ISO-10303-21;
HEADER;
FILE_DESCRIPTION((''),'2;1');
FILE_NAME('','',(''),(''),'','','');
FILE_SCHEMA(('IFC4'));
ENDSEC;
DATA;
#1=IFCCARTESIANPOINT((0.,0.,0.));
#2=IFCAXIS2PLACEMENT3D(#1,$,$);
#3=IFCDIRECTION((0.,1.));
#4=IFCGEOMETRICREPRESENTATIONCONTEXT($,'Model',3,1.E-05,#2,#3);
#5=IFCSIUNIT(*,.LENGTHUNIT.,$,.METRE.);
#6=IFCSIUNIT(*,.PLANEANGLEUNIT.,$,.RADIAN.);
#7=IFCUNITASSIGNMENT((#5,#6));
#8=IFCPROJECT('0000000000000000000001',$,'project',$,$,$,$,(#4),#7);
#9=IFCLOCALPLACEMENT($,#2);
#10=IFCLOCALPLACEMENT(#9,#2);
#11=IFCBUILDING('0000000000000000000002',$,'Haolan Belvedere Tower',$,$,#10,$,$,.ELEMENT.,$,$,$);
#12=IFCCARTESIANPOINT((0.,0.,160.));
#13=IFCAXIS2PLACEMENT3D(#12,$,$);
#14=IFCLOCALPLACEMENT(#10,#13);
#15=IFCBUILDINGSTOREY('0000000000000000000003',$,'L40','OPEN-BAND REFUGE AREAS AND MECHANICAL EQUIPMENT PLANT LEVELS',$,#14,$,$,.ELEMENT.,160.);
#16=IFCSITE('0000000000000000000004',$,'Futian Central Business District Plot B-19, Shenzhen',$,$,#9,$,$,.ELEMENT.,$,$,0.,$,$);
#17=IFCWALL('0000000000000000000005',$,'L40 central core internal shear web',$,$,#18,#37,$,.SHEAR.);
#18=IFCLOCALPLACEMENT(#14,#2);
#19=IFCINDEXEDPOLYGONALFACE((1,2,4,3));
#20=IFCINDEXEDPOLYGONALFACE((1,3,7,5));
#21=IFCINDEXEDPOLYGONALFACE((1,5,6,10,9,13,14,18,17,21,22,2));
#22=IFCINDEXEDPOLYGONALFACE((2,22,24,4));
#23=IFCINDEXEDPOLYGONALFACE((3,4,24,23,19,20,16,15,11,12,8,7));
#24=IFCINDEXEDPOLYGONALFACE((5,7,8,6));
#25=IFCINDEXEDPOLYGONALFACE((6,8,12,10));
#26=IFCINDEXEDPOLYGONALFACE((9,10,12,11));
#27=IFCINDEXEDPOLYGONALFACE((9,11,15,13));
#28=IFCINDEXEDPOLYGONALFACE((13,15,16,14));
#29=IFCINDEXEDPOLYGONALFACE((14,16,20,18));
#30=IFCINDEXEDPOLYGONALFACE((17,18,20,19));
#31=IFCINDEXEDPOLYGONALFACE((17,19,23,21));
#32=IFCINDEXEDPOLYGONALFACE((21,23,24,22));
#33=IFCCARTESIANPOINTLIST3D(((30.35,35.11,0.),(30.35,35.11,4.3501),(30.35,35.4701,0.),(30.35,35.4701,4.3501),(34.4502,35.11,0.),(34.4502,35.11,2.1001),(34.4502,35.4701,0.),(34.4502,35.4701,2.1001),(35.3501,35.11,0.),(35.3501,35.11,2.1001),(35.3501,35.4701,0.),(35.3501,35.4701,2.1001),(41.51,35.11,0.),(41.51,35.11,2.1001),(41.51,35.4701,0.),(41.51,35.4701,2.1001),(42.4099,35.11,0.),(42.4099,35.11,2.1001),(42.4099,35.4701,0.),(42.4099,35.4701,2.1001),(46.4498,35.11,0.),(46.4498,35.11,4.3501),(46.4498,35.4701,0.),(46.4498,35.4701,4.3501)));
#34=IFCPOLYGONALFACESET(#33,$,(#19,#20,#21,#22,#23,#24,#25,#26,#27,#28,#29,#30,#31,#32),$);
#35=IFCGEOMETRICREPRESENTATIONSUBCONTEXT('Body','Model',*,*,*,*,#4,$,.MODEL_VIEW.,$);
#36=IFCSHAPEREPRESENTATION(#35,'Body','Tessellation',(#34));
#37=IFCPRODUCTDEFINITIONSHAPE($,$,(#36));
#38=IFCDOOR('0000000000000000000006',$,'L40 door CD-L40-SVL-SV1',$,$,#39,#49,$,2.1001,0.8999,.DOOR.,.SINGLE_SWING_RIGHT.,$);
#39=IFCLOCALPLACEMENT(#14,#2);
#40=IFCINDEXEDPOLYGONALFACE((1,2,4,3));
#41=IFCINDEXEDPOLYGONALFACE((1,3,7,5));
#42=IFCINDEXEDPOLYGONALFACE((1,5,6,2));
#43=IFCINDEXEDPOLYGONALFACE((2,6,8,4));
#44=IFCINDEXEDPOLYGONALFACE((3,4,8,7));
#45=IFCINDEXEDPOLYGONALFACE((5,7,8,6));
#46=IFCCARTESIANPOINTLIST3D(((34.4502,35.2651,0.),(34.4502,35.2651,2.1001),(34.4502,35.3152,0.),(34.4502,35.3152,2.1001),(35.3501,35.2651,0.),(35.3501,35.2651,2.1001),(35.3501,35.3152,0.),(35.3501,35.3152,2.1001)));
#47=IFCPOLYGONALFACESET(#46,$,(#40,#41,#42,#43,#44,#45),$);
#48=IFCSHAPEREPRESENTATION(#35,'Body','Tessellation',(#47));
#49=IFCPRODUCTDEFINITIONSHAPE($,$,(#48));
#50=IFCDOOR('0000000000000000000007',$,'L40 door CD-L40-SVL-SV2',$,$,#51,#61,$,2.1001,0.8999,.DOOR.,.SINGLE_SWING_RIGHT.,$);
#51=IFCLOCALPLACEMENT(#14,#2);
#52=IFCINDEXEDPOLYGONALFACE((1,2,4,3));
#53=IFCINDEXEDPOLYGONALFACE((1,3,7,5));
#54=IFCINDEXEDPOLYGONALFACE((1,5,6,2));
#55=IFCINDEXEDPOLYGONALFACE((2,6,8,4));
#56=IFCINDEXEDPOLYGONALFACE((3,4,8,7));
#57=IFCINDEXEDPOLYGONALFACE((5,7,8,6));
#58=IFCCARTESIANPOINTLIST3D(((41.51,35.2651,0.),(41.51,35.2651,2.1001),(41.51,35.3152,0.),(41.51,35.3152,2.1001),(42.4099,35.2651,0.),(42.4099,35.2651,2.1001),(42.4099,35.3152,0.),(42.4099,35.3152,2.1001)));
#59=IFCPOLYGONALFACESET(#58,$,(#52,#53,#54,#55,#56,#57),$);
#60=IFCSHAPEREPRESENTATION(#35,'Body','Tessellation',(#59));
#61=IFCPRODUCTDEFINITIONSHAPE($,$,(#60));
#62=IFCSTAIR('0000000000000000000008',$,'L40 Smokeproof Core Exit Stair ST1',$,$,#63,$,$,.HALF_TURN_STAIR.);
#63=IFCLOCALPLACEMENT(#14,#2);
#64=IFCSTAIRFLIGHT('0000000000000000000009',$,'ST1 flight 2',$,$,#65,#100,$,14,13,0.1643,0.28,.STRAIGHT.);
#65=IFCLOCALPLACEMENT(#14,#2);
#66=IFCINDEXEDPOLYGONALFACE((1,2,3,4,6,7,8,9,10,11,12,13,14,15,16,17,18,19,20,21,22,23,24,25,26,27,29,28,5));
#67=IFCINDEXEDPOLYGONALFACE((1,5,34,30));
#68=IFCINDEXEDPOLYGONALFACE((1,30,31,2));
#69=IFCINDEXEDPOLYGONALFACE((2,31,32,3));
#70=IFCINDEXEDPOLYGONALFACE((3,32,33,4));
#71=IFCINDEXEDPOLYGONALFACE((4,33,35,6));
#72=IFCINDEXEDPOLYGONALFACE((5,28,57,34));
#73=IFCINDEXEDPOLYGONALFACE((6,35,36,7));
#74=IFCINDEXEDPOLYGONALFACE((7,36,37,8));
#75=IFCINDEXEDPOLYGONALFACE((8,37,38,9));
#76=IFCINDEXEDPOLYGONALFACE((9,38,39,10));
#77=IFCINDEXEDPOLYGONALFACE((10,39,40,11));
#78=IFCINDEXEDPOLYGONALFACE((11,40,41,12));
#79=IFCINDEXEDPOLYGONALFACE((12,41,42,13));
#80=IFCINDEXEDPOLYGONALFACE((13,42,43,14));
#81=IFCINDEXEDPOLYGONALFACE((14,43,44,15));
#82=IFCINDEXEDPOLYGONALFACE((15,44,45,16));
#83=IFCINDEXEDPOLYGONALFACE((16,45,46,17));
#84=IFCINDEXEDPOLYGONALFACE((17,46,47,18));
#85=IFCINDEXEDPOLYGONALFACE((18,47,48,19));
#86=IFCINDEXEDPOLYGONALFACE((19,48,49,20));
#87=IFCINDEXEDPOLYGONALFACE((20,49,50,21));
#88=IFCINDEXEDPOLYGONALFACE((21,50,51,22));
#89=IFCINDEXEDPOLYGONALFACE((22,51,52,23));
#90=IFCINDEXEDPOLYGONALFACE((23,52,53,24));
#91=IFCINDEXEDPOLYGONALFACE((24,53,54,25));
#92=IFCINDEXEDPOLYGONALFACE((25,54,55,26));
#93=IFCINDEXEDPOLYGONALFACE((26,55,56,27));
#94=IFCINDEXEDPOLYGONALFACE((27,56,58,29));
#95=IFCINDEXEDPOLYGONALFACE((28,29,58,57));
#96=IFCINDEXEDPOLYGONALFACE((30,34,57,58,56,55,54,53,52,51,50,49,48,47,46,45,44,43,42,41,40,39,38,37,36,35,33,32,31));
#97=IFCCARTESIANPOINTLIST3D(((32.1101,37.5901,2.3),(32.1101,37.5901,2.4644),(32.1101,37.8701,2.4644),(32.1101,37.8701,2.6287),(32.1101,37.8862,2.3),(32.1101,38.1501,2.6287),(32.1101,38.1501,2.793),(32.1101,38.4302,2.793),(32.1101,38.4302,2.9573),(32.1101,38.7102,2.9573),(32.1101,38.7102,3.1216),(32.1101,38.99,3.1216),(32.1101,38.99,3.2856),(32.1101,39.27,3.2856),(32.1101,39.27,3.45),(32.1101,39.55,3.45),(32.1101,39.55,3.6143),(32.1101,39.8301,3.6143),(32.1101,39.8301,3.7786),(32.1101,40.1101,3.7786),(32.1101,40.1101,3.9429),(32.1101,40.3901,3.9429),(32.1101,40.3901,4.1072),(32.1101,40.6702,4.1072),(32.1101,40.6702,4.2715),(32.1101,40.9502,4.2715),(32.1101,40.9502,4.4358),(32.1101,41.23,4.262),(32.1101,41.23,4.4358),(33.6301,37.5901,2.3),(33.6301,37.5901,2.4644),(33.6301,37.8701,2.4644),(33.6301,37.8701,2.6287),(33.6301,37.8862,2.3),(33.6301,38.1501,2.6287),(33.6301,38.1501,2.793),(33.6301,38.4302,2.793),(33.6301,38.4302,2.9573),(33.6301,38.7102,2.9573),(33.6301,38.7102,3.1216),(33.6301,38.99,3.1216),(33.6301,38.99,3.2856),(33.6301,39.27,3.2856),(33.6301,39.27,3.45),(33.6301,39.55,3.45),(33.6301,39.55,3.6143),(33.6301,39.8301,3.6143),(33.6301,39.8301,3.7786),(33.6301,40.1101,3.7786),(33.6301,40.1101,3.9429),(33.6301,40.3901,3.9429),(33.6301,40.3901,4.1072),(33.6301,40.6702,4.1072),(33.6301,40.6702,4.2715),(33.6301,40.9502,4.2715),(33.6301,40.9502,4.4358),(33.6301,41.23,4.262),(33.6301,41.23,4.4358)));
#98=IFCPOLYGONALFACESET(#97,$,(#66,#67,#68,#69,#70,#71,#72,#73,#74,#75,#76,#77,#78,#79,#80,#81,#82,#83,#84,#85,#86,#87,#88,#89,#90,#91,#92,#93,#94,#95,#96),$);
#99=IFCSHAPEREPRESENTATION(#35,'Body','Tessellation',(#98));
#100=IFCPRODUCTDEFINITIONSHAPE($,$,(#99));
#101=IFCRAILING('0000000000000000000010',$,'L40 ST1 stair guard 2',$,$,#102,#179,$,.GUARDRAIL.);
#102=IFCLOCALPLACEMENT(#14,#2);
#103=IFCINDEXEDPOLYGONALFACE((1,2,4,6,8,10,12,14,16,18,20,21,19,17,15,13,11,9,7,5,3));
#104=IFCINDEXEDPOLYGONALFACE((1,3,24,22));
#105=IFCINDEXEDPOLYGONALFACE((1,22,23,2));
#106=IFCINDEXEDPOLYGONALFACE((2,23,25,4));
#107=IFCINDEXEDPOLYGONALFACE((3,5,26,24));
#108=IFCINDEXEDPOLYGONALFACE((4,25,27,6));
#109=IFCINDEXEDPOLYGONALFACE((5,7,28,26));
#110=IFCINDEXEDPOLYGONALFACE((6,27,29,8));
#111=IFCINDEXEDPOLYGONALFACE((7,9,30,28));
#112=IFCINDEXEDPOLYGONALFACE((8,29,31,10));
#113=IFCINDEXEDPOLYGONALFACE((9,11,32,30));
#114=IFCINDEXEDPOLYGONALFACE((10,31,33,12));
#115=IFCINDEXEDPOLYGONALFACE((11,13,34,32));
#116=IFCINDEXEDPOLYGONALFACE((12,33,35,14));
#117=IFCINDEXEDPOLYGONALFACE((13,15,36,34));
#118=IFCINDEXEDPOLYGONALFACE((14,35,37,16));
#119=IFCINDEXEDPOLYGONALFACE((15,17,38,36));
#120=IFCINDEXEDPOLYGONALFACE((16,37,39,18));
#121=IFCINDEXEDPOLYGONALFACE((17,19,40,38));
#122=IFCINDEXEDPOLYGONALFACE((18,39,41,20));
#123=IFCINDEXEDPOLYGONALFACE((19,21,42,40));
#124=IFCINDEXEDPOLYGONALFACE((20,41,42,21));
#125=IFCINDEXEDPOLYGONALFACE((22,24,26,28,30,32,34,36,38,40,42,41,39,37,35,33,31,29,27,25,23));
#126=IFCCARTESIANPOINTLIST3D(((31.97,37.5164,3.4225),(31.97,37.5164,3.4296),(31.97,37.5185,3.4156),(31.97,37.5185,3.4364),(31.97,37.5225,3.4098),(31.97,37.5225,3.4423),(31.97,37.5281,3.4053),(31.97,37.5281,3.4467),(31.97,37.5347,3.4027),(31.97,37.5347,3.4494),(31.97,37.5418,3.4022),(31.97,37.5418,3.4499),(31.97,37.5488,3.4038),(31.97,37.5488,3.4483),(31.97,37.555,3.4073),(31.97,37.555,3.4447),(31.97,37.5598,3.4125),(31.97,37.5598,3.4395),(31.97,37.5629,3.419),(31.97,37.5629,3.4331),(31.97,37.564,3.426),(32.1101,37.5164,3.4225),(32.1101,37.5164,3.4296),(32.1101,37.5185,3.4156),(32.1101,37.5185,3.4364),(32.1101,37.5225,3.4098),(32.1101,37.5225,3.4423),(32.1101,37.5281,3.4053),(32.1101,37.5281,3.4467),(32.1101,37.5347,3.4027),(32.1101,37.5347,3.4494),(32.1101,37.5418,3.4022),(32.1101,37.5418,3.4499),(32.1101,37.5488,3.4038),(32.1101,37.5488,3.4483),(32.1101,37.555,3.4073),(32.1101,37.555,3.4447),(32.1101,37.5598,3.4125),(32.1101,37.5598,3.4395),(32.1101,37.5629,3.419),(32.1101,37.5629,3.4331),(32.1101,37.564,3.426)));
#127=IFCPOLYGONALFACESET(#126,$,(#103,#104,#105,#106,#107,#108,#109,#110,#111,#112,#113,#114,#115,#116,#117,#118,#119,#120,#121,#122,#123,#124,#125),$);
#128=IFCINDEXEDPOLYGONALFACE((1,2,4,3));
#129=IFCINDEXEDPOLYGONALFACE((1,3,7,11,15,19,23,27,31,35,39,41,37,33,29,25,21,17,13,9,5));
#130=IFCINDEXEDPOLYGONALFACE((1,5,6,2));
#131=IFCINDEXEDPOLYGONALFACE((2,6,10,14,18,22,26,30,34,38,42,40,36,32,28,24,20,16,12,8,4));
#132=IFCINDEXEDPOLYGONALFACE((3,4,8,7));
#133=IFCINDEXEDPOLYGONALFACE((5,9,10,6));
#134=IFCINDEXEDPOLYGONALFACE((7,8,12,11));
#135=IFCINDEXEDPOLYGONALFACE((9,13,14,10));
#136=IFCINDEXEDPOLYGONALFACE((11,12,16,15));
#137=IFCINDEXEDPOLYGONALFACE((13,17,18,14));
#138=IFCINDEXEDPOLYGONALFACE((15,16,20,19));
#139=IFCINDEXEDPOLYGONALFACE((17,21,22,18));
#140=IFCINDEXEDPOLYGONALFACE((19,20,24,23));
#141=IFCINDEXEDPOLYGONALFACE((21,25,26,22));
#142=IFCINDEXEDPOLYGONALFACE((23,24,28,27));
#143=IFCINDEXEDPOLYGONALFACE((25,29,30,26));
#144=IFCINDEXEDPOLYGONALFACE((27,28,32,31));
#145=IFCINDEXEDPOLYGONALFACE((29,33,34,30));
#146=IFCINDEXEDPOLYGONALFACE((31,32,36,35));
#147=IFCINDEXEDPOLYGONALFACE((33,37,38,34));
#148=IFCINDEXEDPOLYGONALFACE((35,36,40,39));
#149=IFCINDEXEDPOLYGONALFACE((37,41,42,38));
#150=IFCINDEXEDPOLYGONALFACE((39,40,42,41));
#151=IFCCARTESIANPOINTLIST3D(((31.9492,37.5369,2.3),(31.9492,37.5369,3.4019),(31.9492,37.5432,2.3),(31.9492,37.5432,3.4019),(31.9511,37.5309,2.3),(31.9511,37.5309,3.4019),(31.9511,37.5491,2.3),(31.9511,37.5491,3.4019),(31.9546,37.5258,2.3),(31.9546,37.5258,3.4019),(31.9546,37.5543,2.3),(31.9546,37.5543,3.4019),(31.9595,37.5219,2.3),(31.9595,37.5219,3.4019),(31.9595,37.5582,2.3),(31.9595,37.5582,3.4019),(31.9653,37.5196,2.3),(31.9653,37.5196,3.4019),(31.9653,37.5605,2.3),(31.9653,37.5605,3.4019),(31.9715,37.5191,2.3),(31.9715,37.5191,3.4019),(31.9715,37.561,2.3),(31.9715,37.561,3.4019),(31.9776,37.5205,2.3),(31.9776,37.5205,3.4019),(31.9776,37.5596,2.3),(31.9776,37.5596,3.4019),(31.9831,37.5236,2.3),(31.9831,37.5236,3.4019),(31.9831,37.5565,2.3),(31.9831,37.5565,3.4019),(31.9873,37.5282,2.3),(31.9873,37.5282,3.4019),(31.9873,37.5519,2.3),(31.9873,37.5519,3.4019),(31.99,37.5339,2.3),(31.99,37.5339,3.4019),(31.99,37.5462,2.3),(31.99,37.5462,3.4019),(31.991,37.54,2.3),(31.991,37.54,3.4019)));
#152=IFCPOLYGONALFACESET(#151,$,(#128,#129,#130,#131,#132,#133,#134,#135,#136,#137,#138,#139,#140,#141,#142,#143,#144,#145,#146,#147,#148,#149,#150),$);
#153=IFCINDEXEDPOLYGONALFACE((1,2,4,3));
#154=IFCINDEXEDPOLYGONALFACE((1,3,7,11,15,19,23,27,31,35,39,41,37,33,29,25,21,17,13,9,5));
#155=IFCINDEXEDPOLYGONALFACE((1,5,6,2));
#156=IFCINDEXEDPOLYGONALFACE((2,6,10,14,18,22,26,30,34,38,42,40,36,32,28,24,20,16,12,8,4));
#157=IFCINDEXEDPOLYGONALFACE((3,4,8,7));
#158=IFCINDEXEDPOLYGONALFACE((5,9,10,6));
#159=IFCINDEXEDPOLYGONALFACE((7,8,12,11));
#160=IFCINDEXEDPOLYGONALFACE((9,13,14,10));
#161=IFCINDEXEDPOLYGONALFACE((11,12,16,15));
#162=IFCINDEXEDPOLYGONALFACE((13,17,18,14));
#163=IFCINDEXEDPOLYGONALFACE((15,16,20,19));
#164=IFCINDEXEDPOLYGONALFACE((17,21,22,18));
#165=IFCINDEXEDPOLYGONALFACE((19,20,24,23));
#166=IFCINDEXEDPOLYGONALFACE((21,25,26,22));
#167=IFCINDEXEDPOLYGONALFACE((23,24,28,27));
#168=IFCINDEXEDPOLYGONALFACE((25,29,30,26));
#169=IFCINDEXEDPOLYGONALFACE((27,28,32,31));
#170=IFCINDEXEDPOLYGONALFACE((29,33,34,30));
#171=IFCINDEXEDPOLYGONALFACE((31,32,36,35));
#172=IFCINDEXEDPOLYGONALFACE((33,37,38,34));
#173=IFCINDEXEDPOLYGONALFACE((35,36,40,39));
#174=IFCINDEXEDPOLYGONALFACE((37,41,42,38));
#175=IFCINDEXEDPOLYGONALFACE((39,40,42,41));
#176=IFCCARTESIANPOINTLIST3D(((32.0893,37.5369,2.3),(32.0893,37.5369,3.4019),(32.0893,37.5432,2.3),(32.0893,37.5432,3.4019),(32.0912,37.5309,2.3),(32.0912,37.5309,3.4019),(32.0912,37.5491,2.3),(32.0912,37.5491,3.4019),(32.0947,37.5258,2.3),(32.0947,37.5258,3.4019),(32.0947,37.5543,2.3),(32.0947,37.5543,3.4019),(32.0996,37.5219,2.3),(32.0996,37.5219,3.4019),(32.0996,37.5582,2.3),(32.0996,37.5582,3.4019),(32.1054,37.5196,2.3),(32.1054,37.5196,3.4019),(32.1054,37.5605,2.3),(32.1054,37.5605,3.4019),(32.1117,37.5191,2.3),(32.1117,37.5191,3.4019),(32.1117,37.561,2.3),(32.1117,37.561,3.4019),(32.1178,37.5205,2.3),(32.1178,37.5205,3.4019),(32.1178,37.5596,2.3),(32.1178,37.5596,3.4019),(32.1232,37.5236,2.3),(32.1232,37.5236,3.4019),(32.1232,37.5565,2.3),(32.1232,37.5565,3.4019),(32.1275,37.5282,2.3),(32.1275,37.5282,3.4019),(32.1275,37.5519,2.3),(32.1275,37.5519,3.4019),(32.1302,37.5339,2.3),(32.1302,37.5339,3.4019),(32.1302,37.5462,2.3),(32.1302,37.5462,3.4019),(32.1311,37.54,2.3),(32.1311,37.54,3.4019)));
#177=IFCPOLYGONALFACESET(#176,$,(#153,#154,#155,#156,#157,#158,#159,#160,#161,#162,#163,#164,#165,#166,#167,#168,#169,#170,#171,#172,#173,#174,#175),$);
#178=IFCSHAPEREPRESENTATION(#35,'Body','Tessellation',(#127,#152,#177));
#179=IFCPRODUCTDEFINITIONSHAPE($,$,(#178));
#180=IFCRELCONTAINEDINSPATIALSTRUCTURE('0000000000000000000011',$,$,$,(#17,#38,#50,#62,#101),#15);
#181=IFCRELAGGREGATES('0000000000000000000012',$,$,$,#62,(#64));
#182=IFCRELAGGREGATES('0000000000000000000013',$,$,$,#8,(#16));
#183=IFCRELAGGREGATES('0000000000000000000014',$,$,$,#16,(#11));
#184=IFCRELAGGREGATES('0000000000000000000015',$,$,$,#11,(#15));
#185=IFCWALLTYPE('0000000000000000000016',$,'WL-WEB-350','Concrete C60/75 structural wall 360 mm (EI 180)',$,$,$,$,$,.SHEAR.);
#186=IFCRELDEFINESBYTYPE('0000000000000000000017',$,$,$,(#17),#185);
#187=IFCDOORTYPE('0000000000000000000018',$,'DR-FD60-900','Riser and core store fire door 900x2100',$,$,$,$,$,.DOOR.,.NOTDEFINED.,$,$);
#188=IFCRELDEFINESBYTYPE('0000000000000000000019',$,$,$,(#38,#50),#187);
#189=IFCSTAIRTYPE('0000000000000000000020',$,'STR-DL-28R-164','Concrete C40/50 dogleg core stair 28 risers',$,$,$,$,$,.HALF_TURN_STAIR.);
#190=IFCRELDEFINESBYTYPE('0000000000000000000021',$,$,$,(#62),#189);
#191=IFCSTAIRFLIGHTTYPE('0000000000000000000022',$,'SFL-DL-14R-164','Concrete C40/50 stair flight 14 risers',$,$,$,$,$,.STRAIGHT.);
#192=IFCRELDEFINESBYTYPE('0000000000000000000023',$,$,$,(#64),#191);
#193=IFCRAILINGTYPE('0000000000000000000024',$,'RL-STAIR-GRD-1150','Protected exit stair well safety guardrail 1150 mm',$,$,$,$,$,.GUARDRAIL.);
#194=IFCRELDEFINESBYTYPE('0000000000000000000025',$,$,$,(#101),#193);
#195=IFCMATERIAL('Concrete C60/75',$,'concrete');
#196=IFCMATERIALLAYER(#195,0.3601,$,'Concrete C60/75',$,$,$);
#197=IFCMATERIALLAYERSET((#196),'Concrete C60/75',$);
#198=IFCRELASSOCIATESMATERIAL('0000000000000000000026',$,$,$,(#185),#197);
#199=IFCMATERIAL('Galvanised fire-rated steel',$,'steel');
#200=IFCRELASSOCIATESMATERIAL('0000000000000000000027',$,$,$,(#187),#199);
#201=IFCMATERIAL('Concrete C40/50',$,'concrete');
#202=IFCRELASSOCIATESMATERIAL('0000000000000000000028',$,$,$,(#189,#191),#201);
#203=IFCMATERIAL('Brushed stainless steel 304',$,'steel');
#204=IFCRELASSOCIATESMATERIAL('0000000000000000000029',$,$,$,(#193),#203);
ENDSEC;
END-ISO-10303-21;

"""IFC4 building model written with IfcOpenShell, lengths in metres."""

from ifc_helpers import new_model, si_unit, direction, frame, frame_2d, origin, origin_2d, place, context, subcontext, project, spatial, polyline, rectangle, circle, outline, extrude, material, layer, layer_set, type_object, element, fill, aggregate, save


model = new_model("IFC4")

# Units and contexts
model_context = context("Model", 3, precision=1e-05, world=origin(), true_north=direction((0.0, 1.0)))
body_context = subcontext(model_context, "Body", "Model", "MODEL_VIEW")
ifc_project = project(units=[si_unit("LENGTHUNIT", "METRE"), si_unit("PLANEANGLEUNIT", "RADIAN")], contexts=[model_context])

# Site, building, storey
site_placement = place(None, origin())
site = spatial("IfcSite", under=ifc_project, at=site_placement, Name="Futian Central Business District Plot B-19, Shenzhen", CompositionType="ELEMENT", RefElevation=0.0)
building_placement = place(site_placement, origin())
building = spatial("IfcBuilding", under=site, at=building_placement, Name="Haolan Belvedere Tower", CompositionType="ELEMENT")
storey_placement = place(building_placement, frame((0.0, 0.0, 160.0)))
storey = spatial("IfcBuildingStorey", under=building, at=storey_placement, Name="L40", Description="OPEN-BAND REFUGE AREAS AND MECHANICAL EQUIPMENT PLANT LEVELS", CompositionType="ELEMENT", Elevation=160.0)

# Shared definitions
ifc_material_1 = material(Name="Concrete C40/50", Category="concrete")

# Wall, openings, doors
ifc_material_2 = material(Name="Concrete C60/75", Category="concrete")
ifc_layer_1 = layer(ifc_material_2, 0.3601, Name="Concrete C60/75")
ifc_layer_set_1 = layer_set([ifc_layer_1], Name="Concrete C60/75")
wall_type_1 = type_object("IfcWallType", Name="WL-WEB-350", Description="Concrete C60/75 structural wall 360 mm (EI 180)", PredefinedType="SHEAR", material=ifc_layer_set_1)
wall_1_placement = place(storey_placement, frame((30.3501, 35.29, 0.0), z_axis=(0.0, 0.0, 1.0), x_axis=(1.0, 0.0, 0.0)))
wall_1 = element("IfcWall", 1, at=wall_1_placement, inside=storey, type_object=wall_type_1, Name="L40 central core internal shear web", PredefinedType="SHEAR", context=body_context, shape_type="SweptSolid", body=[
    extrude(rectangle(XDim=16.0999, YDim=0.3601, at=frame_2d((8.0498, 0.0))), origin(), (0.0, 0.0, 1.0), 4.3501),
])
opening_1_placement = place(wall_1_placement, frame((5.0, 0.0, 0.0), z_axis=(0.0, 0.0, 1.0), x_axis=(-1.0, 0.0, 0.0)))
opening_1 = element("IfcOpeningElement", 2, at=opening_1_placement, cuts=wall_1, PredefinedType="OPENING", context=body_context, shape_type="SweptSolid", body=[
    extrude(rectangle(XDim=0.8999, YDim=2.1001, at=frame_2d((0.45, 1.05))), frame((0.0, 0.1899, 0.0), z_axis=(0.0, -1.0, 0.0), x_axis=(1.0, 0.0, 0.0)), (0.0, 0.0, 1.0), 0.3801),
])
opening_2_placement = place(wall_1_placement, frame((12.0598, 0.0, 0.0), z_axis=(0.0, 0.0, 1.0), x_axis=(-1.0, 0.0, 0.0)))
opening_2 = element("IfcOpeningElement", 3, at=opening_2_placement, cuts=wall_1, PredefinedType="OPENING", context=body_context, shape_type="SweptSolid", body=[
    extrude(rectangle(XDim=0.8999, YDim=2.1001, at=frame_2d((0.45, 1.05))), frame((0.0, 0.1899, 0.0), z_axis=(0.0, -1.0, 0.0), x_axis=(1.0, 0.0, 0.0)), (0.0, 0.0, 1.0), 0.3801),
])
ifc_material_3 = material(Name="Galvanised fire-rated steel", Category="steel")
door_type_1 = type_object("IfcDoorType", Name="DR-FD60-900", Description="Riser and core store fire door 900x2100", OperationType="NOTDEFINED", PredefinedType="DOOR", material=ifc_material_3)
door_1_placement = place(opening_1_placement, origin())
door_1 = element("IfcDoor", 4, at=door_1_placement, inside=storey, type_object=door_type_1, Name="L40 door CD-L40-SVL-SV1", OperationType="SINGLE_SWING_RIGHT", OverallHeight=2.1001, OverallWidth=0.8999, PredefinedType="DOOR", context=body_context, shape_type="SweptSolid", body=[
    extrude(rectangle(XDim=0.8999, YDim=2.1001, at=frame_2d((0.45, 1.05))), frame((0.0, 0.0249, 0.0), z_axis=(0.0, -1.0, 0.0), x_axis=(1.0, 0.0, 0.0)), (0.0, 0.0, 1.0), 0.05),
])
fill(opening_1, door_1)
door_2_placement = place(opening_2_placement, origin())
door_2 = element("IfcDoor", 5, at=door_2_placement, inside=storey, type_object=door_type_1, Name="L40 door CD-L40-SVL-SV2", OperationType="SINGLE_SWING_RIGHT", OverallHeight=2.1001, OverallWidth=0.8999, PredefinedType="DOOR", context=body_context, shape_type="SweptSolid", body=[
    extrude(rectangle(XDim=0.8999, YDim=2.1001, at=frame_2d((0.45, 1.05))), frame((0.0, 0.0249, 0.0), z_axis=(0.0, -1.0, 0.0), x_axis=(1.0, 0.0, 0.0)), (0.0, 0.0, 1.0), 0.05),
])
fill(opening_2, door_2)

# Stair, stair flight
stair_type = type_object("IfcStairType", Name="STR-DL-28R-164", Description="Concrete C40/50 dogleg core stair 28 risers", PredefinedType="HALF_TURN_STAIR", material=ifc_material_1)
stair_placement = place(storey_placement, origin())
stair = element("IfcStair", 6, at=stair_placement, inside=storey, type_object=stair_type, Name="L40 Smokeproof Core Exit Stair ST1", PredefinedType="HALF_TURN_STAIR")
stair_flight_type = type_object("IfcStairFlightType", Name="SFL-DL-14R-164", Description="Concrete C40/50 stair flight 14 risers", PredefinedType="STRAIGHT", material=ifc_material_1)
stair_flight_placement = place(storey_placement, frame((32.8701, 37.5901, 2.3), z_axis=(0.0, 0.0, 1.0), x_axis=(0.0, 1.0, 0.0)))
stair_flight = element("IfcStairFlight", 7, at=stair_flight_placement, type_object=stair_flight_type, Name="ST1 flight 2", NumberOfRisers=14, NumberOfTreads=13, PredefinedType="STRAIGHT", RiserHeight=0.1643, TreadLength=0.28, context=body_context, shape_type="SweptSolid", body=[
    extrude(outline(polyline([(0.0, 0.0), (0.0, 0.1643), (0.28, 0.1643), (0.28, 0.3286), (0.5601, 0.3286), (0.5601, 0.4929), (0.8401, 0.4929), (0.8401, 0.6572), (1.1201, 0.6572), (1.1201, 0.8215), (1.3999, 0.8215), (1.3999, 0.9856), (1.6799, 0.9856), (1.6799, 1.1499), (1.96, 1.1499), (1.96, 1.3142), (2.24, 1.3142), (2.24, 1.4785), (2.52, 1.4785), (2.52, 1.6428), (2.8, 1.6428), (2.8, 1.8071), (3.0801, 1.8071), (3.0801, 1.9714), (3.3601, 1.9714), (3.3601, 2.1357), (3.6399, 2.1357), (3.6399, 2.3), (3.6399, 1.9619), (0.2961, 0.0), (0.0, 0.0)])), frame((0.0, 0.76, 0.0), z_axis=(0.0, -1.0, 0.0), x_axis=(1.0, 0.0, 0.0)), (0.0, 0.0, 1.0), 1.52),
])
aggregate(stair, [stair_flight])

# Railing
ifc_material_4 = material(Name="Brushed stainless steel 304", Category="steel")
railing_type_1 = type_object("IfcRailingType", Name="RL-STAIR-GRD-1150", Description="Protected exit stair well safety guardrail 1150 mm", PredefinedType="GUARDRAIL", material=ifc_material_4)
railing_1_placement = place(storey_placement, frame((31.97, 37.54, 2.3)))
element("IfcRailing", 8, at=railing_1_placement, inside=storey, type_object=railing_type_1, Name="L40 ST1 stair guard 2", PredefinedType="GUARDRAIL", context=body_context, shape_type="SweptSolid", body=[
    extrude(circle(Radius=0.0239, at=origin_2d()), frame((0.0, 0.0, 1.126), z_axis=(1.0, 0.0, 0.0), x_axis=(0.0, 1.0, 0.0)), (0.0, 0.0, 1.0), 0.1401),
    extrude(circle(Radius=0.021, at=origin_2d()), origin(), (0.0, 0.0, 1.0), 1.1018),
    extrude(circle(Radius=0.021, at=origin_2d()), frame((0.1401, 0.0, 0.0)), (0.0, 0.0, 1.0), 1.1018),
])

save(model, "model.ifc")
